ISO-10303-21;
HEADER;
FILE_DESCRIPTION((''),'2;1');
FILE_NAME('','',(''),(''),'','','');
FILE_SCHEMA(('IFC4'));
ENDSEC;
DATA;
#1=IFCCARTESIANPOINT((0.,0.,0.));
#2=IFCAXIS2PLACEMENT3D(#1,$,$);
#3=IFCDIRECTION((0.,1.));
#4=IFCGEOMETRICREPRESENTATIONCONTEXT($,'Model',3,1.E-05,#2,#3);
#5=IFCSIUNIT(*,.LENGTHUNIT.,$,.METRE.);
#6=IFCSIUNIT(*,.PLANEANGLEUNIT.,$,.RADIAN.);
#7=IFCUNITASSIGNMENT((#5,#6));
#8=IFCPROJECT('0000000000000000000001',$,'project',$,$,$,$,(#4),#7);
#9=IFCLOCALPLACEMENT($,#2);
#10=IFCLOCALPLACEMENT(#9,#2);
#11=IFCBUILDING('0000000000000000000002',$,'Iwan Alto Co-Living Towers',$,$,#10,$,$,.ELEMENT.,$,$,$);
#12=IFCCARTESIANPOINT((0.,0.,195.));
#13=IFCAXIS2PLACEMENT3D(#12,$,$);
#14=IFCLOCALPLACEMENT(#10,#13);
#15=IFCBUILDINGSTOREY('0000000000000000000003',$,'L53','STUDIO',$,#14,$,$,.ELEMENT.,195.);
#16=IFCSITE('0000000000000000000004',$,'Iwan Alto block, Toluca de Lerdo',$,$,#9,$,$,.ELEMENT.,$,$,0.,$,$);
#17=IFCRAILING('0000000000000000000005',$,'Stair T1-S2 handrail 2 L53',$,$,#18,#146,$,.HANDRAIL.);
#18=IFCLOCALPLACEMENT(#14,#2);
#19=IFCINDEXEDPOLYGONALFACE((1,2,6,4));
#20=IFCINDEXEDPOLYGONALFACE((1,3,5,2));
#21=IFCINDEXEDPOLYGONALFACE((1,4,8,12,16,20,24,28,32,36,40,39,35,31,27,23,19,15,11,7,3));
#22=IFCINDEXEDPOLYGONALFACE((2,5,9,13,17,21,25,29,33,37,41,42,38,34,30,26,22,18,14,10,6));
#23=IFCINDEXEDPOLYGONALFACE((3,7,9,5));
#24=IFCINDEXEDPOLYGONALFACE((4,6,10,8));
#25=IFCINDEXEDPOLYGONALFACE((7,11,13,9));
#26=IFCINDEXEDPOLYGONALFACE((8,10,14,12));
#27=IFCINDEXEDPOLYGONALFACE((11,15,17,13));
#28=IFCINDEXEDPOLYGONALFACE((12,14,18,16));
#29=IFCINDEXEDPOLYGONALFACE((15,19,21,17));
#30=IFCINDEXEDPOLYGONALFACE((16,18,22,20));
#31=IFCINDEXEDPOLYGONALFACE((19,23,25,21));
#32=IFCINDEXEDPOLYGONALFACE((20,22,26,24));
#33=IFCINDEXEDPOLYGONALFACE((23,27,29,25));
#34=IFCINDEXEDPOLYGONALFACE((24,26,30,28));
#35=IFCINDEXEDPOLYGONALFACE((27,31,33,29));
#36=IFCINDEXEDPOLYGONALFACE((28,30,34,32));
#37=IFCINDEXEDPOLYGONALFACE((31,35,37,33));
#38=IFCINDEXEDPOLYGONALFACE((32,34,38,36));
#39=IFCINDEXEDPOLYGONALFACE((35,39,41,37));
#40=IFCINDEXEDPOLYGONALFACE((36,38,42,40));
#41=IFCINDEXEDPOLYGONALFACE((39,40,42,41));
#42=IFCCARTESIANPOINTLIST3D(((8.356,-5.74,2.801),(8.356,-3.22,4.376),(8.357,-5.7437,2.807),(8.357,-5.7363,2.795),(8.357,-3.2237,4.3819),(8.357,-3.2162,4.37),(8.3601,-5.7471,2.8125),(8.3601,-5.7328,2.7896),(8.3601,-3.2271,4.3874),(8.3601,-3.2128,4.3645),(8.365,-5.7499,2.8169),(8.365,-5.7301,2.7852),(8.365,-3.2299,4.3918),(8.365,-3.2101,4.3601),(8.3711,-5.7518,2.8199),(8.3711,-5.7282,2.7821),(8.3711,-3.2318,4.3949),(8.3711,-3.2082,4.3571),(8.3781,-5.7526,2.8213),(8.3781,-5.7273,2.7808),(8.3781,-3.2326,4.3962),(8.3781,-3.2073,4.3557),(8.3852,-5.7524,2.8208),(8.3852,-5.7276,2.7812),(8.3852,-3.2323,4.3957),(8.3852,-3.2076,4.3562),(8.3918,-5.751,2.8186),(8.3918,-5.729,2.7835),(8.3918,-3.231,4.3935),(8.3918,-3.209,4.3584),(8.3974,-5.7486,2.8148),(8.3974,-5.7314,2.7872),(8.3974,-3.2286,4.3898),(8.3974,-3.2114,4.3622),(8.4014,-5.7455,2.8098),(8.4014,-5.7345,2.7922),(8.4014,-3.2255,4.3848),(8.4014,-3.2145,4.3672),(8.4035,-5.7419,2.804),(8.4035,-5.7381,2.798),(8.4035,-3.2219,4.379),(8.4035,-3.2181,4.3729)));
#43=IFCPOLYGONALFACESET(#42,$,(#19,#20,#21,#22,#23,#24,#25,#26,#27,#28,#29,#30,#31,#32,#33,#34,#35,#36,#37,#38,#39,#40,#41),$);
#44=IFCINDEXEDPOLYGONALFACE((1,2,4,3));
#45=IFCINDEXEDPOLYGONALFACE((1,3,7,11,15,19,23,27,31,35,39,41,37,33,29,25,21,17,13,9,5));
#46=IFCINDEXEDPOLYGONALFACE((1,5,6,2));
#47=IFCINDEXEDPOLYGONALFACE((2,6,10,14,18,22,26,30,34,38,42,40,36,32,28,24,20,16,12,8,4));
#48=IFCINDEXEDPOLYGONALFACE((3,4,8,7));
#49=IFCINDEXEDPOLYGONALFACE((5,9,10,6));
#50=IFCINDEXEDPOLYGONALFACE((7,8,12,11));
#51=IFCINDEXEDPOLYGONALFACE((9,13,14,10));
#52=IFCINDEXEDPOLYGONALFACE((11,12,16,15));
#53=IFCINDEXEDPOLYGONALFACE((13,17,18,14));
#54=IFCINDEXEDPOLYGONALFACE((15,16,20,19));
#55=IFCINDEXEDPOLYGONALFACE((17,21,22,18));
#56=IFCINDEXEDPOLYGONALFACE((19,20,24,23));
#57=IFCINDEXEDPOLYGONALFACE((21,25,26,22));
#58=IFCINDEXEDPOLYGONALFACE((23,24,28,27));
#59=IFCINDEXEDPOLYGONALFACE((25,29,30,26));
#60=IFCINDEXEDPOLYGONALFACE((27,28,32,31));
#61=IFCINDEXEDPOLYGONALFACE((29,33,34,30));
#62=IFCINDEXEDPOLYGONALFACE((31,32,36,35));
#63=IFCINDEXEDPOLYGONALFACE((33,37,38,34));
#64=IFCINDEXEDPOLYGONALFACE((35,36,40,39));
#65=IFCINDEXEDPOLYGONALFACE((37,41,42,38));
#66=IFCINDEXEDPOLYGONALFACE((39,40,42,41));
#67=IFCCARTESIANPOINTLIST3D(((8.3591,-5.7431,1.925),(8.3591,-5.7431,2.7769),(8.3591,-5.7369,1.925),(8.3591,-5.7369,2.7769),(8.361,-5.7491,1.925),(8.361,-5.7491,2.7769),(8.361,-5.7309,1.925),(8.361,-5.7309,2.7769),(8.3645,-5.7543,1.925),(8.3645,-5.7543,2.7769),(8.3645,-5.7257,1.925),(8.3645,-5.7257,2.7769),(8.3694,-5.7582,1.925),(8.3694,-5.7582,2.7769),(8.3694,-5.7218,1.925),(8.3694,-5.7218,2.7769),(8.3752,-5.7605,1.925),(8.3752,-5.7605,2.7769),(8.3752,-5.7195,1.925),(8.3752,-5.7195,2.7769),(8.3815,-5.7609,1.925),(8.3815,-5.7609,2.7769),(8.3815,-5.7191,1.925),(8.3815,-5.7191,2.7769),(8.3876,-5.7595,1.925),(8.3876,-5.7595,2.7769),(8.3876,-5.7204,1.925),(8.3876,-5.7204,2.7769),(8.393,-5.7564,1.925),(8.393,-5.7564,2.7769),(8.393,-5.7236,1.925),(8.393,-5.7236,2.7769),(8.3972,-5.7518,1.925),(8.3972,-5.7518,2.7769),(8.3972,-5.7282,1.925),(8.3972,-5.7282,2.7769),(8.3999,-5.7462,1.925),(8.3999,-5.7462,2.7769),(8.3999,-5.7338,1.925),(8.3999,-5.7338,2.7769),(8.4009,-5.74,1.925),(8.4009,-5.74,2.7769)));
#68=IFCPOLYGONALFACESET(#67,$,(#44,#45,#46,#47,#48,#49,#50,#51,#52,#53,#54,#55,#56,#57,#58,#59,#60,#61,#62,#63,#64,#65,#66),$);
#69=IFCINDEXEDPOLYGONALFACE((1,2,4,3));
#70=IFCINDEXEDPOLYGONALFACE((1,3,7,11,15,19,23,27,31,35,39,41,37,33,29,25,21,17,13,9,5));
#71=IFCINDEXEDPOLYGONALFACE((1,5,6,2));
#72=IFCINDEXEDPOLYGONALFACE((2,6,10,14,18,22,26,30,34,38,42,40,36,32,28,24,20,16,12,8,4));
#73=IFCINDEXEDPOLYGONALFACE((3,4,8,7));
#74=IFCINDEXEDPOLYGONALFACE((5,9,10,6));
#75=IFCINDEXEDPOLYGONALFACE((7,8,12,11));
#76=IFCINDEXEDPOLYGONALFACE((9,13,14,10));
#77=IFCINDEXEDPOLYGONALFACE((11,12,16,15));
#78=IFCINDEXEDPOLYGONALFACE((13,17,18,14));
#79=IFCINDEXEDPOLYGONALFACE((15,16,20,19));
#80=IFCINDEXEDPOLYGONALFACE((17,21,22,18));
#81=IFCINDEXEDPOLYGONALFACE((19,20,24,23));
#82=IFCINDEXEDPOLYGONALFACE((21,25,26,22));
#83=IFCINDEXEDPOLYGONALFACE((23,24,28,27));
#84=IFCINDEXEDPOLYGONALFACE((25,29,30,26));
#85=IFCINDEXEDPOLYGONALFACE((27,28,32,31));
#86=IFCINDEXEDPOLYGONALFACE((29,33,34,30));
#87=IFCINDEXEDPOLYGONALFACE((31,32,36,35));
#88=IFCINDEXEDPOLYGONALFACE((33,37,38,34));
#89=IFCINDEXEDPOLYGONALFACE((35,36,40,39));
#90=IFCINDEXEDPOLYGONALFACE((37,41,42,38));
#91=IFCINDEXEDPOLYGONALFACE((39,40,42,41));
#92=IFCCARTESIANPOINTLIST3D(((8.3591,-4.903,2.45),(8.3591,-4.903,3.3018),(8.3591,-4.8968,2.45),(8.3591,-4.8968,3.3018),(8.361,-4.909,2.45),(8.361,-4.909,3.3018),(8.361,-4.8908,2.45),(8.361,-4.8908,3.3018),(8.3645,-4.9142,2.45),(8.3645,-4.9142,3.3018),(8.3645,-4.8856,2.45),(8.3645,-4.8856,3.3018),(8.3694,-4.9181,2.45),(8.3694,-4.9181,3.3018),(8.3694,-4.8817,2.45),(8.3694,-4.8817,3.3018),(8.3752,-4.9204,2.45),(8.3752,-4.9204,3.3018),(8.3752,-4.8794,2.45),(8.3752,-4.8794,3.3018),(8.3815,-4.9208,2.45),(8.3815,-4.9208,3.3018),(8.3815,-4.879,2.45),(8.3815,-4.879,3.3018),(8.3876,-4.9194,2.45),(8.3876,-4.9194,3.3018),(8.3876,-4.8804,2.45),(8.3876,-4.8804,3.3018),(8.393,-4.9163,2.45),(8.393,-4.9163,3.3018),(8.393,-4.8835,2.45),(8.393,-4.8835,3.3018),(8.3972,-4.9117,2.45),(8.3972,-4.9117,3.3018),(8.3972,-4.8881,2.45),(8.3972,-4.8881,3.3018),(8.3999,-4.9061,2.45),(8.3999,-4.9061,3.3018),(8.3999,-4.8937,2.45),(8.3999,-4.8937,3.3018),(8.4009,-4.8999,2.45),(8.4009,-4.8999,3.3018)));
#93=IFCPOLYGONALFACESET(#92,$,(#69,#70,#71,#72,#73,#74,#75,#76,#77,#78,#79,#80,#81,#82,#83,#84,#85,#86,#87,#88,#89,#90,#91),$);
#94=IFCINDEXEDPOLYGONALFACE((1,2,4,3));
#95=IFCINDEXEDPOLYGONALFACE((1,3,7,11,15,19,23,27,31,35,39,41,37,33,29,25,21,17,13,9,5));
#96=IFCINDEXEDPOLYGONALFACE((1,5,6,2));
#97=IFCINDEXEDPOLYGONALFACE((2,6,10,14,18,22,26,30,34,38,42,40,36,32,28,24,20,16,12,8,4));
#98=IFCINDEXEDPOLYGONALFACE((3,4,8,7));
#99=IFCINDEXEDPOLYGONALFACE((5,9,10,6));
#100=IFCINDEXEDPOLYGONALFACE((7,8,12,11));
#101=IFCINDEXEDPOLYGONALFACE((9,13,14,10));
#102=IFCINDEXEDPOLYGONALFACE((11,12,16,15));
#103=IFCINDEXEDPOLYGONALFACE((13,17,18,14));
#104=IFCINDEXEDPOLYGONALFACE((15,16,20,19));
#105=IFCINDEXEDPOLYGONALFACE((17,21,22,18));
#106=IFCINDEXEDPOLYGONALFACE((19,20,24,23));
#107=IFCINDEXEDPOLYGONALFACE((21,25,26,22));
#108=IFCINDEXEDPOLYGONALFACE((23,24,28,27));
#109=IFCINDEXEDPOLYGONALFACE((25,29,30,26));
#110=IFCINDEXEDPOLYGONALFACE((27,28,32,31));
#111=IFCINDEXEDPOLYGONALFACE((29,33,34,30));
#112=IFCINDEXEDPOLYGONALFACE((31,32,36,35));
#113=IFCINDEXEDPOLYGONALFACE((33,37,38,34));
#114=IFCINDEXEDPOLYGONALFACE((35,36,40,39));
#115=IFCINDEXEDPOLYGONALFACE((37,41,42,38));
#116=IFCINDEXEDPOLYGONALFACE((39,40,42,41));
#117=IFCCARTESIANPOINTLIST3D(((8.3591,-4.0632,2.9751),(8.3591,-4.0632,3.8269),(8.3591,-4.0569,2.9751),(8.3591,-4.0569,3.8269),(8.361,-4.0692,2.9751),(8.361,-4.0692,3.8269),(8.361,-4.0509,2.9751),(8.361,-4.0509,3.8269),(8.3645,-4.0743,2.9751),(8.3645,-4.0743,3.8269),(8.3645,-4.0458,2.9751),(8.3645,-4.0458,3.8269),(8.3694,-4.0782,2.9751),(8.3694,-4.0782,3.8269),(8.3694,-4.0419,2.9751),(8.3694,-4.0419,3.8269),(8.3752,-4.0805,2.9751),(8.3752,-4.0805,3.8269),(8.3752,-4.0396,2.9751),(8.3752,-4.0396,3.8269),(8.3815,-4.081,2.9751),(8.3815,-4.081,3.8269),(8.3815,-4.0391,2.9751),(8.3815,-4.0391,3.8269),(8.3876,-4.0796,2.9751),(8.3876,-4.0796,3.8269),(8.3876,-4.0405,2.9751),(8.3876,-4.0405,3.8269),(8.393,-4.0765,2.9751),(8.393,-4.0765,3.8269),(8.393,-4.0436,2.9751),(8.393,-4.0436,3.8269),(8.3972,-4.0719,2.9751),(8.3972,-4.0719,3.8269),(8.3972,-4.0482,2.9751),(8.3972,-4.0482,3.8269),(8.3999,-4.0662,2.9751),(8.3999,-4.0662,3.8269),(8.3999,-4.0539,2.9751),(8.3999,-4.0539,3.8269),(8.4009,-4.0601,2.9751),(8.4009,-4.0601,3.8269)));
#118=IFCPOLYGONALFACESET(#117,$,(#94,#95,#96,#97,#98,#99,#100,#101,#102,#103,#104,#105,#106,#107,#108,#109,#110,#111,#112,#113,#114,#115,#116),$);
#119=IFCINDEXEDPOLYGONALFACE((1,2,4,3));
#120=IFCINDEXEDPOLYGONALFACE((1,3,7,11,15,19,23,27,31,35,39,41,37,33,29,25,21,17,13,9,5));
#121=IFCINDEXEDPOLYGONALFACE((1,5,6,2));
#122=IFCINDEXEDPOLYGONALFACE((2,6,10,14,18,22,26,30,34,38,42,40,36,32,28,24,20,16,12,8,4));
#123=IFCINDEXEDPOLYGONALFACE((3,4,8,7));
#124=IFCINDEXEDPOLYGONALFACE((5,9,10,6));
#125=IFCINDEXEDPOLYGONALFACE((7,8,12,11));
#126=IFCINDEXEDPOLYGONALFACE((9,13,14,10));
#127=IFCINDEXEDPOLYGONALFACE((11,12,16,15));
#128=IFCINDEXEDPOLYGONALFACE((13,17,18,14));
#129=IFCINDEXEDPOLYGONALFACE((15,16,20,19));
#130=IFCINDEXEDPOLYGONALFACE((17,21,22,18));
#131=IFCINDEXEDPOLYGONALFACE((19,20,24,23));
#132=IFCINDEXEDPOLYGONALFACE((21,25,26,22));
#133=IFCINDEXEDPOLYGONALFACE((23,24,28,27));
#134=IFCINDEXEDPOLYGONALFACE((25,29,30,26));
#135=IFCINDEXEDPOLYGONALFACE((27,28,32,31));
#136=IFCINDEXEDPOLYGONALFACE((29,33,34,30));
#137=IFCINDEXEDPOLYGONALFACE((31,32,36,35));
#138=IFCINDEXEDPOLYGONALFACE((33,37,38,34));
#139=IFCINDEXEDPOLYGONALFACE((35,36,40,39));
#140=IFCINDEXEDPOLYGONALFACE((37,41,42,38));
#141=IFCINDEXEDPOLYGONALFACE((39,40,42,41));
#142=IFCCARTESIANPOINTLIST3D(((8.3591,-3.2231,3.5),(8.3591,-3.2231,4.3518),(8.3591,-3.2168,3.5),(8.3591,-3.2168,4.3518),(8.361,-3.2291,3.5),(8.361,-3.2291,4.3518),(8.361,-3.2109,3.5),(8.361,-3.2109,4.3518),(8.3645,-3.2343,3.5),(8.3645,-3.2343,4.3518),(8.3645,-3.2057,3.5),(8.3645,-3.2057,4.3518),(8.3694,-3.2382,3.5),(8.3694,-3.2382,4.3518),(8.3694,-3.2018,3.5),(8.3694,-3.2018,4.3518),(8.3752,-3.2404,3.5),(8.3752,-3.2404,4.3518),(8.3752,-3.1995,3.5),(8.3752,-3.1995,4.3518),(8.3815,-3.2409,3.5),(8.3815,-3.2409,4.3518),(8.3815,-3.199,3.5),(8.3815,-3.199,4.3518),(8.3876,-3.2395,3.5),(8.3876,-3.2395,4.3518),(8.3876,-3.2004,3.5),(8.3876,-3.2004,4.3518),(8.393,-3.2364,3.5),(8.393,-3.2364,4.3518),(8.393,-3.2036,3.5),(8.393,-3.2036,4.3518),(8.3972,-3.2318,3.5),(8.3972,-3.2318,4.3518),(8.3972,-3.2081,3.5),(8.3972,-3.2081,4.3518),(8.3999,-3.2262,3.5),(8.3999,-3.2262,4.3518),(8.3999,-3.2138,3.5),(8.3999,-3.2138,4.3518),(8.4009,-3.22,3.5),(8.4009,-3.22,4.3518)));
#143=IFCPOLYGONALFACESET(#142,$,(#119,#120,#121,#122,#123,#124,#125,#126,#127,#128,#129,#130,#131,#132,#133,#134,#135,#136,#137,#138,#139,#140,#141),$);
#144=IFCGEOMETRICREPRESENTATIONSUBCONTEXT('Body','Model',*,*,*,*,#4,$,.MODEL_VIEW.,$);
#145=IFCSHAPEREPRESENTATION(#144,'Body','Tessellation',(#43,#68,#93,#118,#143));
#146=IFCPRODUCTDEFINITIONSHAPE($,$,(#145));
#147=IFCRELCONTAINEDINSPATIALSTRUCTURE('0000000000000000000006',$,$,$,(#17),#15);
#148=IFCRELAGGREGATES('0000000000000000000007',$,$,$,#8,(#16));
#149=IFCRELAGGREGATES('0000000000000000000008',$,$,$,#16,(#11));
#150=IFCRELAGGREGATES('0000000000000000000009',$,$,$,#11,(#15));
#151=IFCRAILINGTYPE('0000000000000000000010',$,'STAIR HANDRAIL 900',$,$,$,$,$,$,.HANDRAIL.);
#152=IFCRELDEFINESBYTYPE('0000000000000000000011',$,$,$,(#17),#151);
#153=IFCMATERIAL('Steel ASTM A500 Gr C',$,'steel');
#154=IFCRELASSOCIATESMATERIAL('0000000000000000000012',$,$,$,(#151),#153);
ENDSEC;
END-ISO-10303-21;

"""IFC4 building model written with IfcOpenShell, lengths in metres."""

from ifc_helpers import new_model, si_unit, direction, frame, origin, origin_2d, place, context, subcontext, project, spatial, circle, extrude, material, type_object, element, save


model = new_model("IFC4")

# Units and contexts
model_context = context("Model", 3, precision=1e-05, world=origin(), true_north=direction((0.0, 1.0)))
body_context = subcontext(model_context, "Body", "Model", "MODEL_VIEW")
ifc_project = project(units=[si_unit("LENGTHUNIT", "METRE"), si_unit("PLANEANGLEUNIT", "RADIAN")], contexts=[model_context])

# Site, building, storey
site_placement = place(None, origin())
site = spatial("IfcSite", under=ifc_project, at=site_placement, Name="Iwan Alto block, Toluca de Lerdo", CompositionType="ELEMENT", RefElevation=0.0)
building_placement = place(site_placement, origin())
building = spatial("IfcBuilding", under=site, at=building_placement, Name="Iwan Alto Co-Living Towers", CompositionType="ELEMENT")
storey_placement = place(building_placement, frame((0.0, 0.0, 195.0)))
storey = spatial("IfcBuildingStorey", under=building, at=storey_placement, Name="L53", Description="STUDIO", CompositionType="ELEMENT", Elevation=195.0)

# Railing
ifc_material_1 = material(Name="Steel ASTM A500 Gr C", Category="steel")
railing_type_1 = type_object("IfcRailingType", Name="STAIR HANDRAIL 900", PredefinedType="HANDRAIL", material=ifc_material_1)
railing_1_placement = place(storey_placement, frame((8.3799, -5.74, 1.925)))
element("IfcRailing", 1, at=railing_1_placement, inside=storey, type_object=railing_type_1, Name="Stair T1-S2 handrail 2 L53", PredefinedType="HANDRAIL", context=body_context, shape_type="SweptSolid", body=[
    extrude(circle(Radius=0.0239, at=origin_2d()), frame((0.0, 0.0, 0.876), z_axis=(0.0, 0.848008, 0.529984), x_axis=(-1.0, 0.0, 0.0)), (0.0, 0.0, 1.0), 2.9717),
    extrude(circle(Radius=0.021, at=origin_2d()), origin(), (0.0, 0.0, 1.0), 0.8518),
    extrude(circle(Radius=0.021, at=origin_2d()), frame((0.0, 0.8401, 0.5249)), (0.0, 0.0, 1.0), 0.8518),
    extrude(circle(Radius=0.021, at=origin_2d()), frame((0.0, 1.6799, 1.05)), (0.0, 0.0, 1.0), 0.8518),
    extrude(circle(Radius=0.021, at=origin_2d()), frame((0.0, 2.52, 1.575)), (0.0, 0.0, 1.0), 0.8518),
])

save(model, "model.ifc")
